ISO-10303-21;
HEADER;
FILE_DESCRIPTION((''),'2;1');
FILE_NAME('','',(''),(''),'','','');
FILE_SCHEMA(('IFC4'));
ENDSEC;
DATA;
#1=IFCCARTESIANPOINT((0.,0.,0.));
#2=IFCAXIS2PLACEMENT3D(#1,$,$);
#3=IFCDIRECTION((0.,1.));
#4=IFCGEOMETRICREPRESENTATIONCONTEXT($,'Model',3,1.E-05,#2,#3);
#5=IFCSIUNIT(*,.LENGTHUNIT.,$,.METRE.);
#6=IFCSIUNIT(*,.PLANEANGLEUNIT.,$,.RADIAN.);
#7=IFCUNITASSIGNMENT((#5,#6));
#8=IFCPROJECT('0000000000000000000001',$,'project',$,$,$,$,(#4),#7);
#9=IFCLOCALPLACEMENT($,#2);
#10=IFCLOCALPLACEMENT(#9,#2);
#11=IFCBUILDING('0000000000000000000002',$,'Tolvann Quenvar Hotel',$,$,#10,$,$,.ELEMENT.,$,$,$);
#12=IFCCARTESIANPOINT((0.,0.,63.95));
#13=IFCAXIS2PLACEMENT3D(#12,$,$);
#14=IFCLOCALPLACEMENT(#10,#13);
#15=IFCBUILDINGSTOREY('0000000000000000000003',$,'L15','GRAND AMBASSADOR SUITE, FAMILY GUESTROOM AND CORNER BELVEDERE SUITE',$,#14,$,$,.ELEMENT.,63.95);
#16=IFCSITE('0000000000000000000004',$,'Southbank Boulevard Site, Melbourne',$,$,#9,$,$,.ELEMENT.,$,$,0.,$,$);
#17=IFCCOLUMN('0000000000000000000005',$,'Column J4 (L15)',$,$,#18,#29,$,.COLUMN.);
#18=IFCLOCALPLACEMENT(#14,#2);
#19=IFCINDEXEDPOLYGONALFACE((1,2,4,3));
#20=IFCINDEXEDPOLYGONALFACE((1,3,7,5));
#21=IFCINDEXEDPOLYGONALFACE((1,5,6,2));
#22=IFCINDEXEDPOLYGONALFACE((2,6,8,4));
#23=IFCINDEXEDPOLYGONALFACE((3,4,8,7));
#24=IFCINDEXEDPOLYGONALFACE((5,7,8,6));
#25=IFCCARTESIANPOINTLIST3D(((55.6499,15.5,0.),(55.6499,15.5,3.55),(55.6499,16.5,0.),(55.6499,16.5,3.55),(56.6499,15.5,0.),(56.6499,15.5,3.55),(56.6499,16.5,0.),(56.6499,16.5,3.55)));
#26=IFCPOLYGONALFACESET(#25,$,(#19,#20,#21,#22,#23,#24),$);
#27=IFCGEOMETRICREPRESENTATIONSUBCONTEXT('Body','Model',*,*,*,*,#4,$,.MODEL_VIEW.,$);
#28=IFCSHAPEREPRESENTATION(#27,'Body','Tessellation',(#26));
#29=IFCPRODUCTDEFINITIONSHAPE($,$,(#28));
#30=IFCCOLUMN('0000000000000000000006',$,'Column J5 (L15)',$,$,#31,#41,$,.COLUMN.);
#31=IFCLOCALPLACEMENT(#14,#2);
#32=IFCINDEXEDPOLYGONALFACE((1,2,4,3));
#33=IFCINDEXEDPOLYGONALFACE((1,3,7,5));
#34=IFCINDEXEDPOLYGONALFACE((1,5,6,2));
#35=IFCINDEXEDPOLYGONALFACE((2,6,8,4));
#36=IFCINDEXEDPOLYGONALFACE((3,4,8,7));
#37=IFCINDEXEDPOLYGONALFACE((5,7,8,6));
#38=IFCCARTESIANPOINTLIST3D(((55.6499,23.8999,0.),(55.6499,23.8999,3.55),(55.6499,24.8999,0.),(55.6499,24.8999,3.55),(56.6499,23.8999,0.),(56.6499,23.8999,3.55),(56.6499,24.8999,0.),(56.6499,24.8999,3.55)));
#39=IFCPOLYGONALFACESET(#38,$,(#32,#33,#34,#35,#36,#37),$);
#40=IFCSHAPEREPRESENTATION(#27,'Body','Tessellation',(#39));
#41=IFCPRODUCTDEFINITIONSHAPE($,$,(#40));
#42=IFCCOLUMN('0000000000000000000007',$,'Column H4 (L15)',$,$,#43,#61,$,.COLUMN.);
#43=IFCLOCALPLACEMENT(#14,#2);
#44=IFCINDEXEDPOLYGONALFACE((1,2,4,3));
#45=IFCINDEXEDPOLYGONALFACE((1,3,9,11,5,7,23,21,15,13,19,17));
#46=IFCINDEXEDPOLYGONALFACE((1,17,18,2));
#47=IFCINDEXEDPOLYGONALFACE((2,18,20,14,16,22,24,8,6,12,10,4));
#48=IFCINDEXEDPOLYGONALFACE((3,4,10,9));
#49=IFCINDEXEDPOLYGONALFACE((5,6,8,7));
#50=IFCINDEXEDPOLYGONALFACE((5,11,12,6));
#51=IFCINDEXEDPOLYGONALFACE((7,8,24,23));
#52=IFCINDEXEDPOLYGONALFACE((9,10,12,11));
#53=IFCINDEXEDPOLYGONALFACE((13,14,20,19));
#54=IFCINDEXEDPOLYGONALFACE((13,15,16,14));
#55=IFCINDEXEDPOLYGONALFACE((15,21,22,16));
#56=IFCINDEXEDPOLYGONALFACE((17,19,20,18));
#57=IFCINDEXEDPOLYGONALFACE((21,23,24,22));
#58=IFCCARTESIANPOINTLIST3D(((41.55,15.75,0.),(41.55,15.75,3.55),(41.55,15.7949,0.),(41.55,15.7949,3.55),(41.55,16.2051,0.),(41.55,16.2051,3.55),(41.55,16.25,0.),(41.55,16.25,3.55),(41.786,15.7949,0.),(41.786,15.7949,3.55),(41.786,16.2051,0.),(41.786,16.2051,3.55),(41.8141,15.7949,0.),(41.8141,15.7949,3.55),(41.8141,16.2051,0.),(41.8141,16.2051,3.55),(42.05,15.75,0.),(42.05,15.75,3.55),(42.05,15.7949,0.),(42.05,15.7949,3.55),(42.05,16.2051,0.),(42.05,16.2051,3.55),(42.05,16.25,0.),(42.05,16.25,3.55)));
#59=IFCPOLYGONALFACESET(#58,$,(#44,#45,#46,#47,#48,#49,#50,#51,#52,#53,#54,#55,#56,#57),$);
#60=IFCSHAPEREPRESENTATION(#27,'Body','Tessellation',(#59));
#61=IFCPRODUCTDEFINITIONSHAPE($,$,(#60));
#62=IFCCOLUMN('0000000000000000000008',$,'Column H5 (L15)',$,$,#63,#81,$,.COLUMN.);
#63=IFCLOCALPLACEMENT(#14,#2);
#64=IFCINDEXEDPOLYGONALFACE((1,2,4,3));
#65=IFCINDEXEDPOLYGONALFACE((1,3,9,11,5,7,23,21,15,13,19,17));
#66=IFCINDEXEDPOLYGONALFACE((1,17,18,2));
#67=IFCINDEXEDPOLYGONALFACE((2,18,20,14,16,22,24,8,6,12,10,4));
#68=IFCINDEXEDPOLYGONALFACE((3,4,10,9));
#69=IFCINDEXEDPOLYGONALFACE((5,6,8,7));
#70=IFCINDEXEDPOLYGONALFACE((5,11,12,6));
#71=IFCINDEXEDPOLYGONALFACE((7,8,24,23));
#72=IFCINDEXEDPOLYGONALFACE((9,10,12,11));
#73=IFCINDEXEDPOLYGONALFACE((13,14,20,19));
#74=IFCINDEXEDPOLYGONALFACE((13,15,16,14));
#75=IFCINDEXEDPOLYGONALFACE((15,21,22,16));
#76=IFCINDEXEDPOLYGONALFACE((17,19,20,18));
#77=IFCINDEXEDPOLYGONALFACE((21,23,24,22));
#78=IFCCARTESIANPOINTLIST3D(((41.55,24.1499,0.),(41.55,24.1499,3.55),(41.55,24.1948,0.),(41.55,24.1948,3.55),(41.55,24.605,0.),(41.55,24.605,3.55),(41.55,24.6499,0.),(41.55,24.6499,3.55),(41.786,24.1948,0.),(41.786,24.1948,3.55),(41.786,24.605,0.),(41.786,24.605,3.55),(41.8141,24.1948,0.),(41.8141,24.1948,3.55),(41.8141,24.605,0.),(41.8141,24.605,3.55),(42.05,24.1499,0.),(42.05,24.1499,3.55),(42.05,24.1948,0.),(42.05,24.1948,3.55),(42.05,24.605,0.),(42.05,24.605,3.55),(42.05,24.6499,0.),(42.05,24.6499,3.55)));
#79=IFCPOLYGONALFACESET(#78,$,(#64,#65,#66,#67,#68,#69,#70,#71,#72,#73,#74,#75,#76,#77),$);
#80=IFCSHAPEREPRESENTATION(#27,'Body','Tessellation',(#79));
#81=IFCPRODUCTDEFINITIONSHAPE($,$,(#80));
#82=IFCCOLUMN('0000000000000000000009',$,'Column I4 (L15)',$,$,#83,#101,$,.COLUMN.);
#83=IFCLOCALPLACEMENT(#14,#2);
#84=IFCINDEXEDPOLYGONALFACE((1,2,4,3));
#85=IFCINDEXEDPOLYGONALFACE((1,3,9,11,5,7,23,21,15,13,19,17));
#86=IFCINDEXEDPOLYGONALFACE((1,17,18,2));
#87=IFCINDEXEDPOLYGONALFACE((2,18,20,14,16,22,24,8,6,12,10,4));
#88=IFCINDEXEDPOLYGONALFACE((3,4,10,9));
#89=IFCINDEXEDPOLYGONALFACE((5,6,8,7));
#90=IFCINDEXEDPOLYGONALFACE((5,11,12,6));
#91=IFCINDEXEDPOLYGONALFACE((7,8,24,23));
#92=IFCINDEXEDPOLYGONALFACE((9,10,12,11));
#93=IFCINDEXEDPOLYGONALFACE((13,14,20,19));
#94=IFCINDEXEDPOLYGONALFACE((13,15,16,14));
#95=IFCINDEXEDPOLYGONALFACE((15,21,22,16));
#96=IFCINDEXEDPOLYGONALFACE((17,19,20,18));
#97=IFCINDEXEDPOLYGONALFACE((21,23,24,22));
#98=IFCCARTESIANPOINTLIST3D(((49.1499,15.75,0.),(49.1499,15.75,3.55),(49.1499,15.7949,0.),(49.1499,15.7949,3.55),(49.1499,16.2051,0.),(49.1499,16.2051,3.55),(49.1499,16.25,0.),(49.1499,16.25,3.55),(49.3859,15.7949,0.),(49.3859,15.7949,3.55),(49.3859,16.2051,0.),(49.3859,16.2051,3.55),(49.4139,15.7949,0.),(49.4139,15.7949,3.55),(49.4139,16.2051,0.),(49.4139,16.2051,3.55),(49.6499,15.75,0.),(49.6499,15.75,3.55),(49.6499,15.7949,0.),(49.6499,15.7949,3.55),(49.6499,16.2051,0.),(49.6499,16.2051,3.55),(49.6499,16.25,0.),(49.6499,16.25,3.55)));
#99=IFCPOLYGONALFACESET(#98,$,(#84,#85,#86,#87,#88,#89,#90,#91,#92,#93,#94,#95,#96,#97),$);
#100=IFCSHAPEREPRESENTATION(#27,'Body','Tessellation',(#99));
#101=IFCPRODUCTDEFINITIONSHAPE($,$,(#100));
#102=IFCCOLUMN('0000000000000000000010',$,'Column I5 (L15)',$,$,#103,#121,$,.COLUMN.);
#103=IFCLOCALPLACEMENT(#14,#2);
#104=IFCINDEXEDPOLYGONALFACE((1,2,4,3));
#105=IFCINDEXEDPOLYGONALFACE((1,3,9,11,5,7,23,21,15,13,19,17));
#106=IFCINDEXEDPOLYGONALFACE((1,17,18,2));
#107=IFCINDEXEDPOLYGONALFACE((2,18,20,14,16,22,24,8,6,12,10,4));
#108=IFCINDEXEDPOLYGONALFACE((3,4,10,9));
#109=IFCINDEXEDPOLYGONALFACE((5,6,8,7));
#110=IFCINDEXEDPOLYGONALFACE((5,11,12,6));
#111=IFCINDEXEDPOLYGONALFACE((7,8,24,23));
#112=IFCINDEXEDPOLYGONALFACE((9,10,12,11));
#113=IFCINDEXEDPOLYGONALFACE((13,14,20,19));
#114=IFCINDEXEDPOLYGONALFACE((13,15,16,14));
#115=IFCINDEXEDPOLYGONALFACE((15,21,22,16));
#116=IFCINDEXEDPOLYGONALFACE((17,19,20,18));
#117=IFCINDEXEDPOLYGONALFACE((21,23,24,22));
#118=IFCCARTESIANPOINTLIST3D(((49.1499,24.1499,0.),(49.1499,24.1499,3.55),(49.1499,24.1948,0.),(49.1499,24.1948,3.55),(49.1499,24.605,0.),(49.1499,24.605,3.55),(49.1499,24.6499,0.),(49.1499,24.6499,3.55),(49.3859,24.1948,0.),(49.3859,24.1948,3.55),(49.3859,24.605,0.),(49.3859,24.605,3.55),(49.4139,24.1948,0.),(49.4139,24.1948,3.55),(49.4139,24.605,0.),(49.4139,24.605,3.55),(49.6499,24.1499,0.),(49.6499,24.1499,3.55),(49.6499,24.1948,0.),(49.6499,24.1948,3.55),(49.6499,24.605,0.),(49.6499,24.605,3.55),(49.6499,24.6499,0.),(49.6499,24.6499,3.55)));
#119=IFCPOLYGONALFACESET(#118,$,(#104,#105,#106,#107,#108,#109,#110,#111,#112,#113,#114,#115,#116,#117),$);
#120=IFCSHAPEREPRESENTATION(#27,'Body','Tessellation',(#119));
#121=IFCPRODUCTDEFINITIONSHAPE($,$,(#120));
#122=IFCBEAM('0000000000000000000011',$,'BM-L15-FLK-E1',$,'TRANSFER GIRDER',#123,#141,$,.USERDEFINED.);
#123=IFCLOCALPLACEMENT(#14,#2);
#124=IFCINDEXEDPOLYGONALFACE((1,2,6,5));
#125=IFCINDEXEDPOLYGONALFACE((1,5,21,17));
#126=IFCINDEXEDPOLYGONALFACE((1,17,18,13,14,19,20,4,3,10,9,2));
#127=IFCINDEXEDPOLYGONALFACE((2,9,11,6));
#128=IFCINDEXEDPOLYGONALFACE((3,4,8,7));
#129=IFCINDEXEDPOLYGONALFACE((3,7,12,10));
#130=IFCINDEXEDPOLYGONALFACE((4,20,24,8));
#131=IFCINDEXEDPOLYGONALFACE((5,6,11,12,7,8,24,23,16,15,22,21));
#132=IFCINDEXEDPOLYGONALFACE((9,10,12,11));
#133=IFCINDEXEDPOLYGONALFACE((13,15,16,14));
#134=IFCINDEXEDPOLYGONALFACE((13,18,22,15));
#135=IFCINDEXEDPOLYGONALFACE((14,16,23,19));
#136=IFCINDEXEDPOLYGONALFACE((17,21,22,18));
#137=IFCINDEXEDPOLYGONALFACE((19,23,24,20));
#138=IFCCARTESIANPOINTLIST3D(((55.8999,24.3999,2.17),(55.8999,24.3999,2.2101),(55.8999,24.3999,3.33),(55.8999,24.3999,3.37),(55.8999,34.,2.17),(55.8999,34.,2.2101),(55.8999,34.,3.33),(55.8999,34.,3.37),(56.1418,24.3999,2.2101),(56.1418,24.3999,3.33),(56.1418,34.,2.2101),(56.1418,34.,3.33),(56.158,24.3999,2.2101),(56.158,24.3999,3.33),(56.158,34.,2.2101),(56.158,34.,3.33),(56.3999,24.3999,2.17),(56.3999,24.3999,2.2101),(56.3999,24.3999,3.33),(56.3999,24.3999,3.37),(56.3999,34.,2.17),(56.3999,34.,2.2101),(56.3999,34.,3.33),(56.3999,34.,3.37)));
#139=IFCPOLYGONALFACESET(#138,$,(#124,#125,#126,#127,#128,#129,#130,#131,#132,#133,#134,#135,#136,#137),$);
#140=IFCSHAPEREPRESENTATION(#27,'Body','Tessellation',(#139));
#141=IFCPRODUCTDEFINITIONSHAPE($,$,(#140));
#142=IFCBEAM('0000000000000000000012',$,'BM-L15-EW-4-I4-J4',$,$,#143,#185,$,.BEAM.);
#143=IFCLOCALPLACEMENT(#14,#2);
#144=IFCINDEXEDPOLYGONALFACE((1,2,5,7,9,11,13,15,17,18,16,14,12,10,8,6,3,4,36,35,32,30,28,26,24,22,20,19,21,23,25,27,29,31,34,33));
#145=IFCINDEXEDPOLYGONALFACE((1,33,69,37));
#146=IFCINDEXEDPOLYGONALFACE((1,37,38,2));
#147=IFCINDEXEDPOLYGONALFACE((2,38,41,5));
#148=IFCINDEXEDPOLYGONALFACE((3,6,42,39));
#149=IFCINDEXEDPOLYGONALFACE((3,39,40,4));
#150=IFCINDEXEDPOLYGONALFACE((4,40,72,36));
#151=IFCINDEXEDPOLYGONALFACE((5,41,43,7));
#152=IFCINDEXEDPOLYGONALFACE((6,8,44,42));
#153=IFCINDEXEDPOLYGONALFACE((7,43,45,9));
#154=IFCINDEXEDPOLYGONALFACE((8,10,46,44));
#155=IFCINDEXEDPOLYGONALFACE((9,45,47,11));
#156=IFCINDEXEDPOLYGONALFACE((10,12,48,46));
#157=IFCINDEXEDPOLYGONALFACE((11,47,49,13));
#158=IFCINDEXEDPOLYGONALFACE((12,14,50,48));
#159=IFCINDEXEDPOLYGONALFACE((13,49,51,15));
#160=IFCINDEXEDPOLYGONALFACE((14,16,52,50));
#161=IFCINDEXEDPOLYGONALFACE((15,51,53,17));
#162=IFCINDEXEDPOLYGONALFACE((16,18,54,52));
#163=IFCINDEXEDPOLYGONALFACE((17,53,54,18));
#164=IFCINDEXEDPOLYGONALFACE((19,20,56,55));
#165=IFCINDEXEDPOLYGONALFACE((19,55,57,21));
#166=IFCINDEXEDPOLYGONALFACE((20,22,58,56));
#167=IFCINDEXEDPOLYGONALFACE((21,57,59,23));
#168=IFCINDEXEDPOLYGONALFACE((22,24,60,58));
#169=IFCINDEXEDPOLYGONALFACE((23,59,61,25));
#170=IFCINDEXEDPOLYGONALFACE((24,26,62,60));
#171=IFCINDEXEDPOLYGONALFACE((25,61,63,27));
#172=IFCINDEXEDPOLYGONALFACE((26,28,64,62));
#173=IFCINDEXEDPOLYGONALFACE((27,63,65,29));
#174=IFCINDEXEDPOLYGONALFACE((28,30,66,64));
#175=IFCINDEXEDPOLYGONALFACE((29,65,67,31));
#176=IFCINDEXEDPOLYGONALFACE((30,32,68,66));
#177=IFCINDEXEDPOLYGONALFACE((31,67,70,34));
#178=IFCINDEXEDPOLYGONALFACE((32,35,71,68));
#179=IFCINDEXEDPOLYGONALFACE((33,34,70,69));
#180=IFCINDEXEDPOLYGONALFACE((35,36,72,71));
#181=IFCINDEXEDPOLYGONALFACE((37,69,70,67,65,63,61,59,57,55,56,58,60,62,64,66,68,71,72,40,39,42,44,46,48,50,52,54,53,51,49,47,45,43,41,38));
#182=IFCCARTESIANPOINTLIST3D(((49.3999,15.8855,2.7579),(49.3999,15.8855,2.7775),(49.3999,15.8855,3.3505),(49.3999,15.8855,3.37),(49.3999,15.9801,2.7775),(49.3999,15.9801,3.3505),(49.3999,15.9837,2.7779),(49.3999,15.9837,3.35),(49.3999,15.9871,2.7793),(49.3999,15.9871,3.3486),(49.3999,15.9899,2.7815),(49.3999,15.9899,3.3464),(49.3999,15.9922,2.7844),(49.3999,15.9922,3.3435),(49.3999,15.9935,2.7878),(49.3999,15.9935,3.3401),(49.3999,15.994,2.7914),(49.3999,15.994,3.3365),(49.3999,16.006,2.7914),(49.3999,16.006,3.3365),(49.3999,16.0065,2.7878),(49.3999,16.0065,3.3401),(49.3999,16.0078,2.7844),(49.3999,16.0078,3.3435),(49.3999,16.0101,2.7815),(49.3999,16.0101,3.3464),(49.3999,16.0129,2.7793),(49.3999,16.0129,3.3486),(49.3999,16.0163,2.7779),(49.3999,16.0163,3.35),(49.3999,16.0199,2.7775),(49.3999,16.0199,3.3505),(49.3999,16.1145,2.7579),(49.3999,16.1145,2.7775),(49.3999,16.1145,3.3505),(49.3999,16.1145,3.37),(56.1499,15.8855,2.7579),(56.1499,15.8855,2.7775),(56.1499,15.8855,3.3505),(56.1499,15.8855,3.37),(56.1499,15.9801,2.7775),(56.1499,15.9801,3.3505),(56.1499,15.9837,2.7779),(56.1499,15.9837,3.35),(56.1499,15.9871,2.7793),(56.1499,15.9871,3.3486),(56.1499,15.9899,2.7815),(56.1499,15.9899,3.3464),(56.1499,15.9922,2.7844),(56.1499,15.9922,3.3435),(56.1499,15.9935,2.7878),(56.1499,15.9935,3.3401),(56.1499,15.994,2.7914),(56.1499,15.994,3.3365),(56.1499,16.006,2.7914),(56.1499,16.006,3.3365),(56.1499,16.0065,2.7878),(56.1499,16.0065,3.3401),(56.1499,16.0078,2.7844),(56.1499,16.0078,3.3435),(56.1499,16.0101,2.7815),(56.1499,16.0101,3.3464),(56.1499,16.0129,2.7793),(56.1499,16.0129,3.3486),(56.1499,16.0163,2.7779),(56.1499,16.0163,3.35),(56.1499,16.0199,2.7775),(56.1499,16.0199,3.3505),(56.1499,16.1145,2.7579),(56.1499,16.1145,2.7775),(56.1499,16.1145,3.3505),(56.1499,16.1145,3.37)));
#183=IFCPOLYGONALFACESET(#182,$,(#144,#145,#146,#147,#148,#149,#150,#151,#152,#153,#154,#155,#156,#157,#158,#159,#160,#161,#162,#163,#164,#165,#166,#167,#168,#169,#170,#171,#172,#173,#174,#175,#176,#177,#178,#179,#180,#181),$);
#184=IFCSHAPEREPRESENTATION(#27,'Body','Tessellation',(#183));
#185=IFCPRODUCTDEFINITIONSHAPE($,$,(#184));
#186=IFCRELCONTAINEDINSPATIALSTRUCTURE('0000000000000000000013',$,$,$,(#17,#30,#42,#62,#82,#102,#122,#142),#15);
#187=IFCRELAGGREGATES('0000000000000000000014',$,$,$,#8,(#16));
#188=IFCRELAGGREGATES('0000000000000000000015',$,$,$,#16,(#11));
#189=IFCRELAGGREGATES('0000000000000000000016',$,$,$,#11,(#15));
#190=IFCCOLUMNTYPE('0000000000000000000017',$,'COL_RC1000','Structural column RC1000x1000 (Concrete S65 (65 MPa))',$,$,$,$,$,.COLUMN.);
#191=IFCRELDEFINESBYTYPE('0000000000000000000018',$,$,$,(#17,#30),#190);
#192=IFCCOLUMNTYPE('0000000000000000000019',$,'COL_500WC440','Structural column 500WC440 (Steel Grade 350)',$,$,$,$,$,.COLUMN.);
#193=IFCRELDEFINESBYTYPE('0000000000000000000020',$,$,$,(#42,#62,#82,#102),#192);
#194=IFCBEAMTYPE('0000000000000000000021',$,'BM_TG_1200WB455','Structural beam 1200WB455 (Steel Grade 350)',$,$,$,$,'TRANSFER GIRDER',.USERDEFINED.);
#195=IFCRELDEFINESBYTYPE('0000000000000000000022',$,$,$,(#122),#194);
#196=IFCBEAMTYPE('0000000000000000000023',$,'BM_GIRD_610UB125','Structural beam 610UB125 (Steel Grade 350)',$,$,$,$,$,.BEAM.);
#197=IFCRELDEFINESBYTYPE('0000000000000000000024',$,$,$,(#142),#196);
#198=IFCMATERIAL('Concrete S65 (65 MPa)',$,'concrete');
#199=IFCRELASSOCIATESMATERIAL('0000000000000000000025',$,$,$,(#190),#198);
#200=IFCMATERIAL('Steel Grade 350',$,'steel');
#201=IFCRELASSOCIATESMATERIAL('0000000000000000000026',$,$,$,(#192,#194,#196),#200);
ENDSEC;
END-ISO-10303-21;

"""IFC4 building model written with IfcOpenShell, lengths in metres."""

from ifc_helpers import new_model, si_unit, direction, frame, origin, origin_2d, place, context, subcontext, project, spatial, rectangle, i_section, extrude, source, transform, mapped, material, material_profile, profile_set, type_object, type_shapes, element, save


model = new_model("IFC4")

# Units and contexts
model_context = context("Model", 3, precision=1e-05, world=origin(), true_north=direction((0.0, 1.0)))
body_context = subcontext(model_context, "Body", "Model", "MODEL_VIEW")
ifc_project = project(units=[si_unit("LENGTHUNIT", "METRE"), si_unit("PLANEANGLEUNIT", "RADIAN")], contexts=[model_context])

# Site, building, storey
site_placement = place(None, origin())
site = spatial("IfcSite", under=ifc_project, at=site_placement, Name="Southbank Boulevard Site, Melbourne", CompositionType="ELEMENT", RefElevation=0.0)
building_placement = place(site_placement, origin())
building = spatial("IfcBuilding", under=site, at=building_placement, Name="Tolvann Quenvar Hotel", CompositionType="ELEMENT")
storey_placement = place(building_placement, frame((0.0, 0.0, 63.95)))
storey = spatial("IfcBuildingStorey", under=building, at=storey_placement, Name="L15", Description="GRAND AMBASSADOR SUITE, FAMILY GUESTROOM AND CORNER BELVEDERE SUITE", CompositionType="ELEMENT", Elevation=63.95)

# Columns
ifc_material_1 = material(Name="Concrete S65 (65 MPa)", Category="concrete")
ifc_material_profile_1 = material_profile(ifc_material_1, rectangle(XDim=1.0, YDim=1.0, at=origin_2d()), Name="RC1000x1000")
ifc_profile_set_1 = profile_set([ifc_material_profile_1], Name="Concrete S65 (65 MPa)")
column_type_1 = type_object("IfcColumnType", Name="COL_RC1000", Description="Structural column RC1000x1000 (Concrete S65 (65 MPa))", PredefinedType="COLUMN", material=ifc_profile_set_1)
shared_shape_1 = source(origin(), body_context, "Body", "SweptSolid", [
    extrude(rectangle(XDim=1.0, YDim=1.0, at=origin_2d()), origin(), (0.0, 0.0, 1.0), 3.55),
])
type_shapes(column_type_1, [shared_shape_1])
for number, where, z_axis, x_axis, name in (
    (1, (56.1499, 16.0, 0.0), (0.0, 0.0, 1.0), (1.0, 0.0, 0.0), "Column J4 (L15)"),
    (2, (56.1499, 24.3999, 0.0), (0.0, 0.0, 1.0), (1.0, 0.0, 0.0), "Column J5 (L15)"),
):
    element("IfcColumn", number, at=place(storey_placement, frame(where, z_axis=z_axis, x_axis=x_axis)), inside=storey, type_object=column_type_1, Name=name, PredefinedType="COLUMN", context=body_context, shape_type="MappedRepresentation", body=[
        mapped(shared_shape_1, transform((0.0, 0.0, 0.0), x_axis=(1.0, 0.0, 0.0), y_axis=(0.0, 1.0, 0.0), z_axis=(0.0, 0.0, 1.0), scale=1.0)),
    ])
ifc_material_2 = material(Name="Steel Grade 350", Category="steel")
ifc_material_profile_2 = material_profile(ifc_material_2, i_section(OverallWidth=0.5, OverallDepth=0.5, WebThickness=0.0281, FlangeThickness=0.0449, at=origin_2d()), Name="500WC440")
ifc_profile_set_2 = profile_set([ifc_material_profile_2], Name="Steel Grade 350")
column_type_2 = type_object("IfcColumnType", Name="COL_500WC440", Description="Structural column 500WC440 (Steel Grade 350)", PredefinedType="COLUMN", material=ifc_profile_set_2)
shared_shape_2 = source(origin(), body_context, "Body", "SweptSolid", [
    extrude(i_section(OverallWidth=0.5, OverallDepth=0.5, WebThickness=0.0281, FlangeThickness=0.0449, at=origin_2d()), origin(), (0.0, 0.0, 1.0), 3.55),
])
type_shapes(column_type_2, [shared_shape_2])
for number, where, z_axis, x_axis, name in (
    (3, (41.8, 16.0, 0.0), (0.0, 0.0, 1.0), (1.0, 0.0, 0.0), "Column H4 (L15)"),
    (4, (41.8, 24.3999, 0.0), (0.0, 0.0, 1.0), (1.0, 0.0, 0.0), "Column H5 (L15)"),
    (5, (49.3999, 16.0, 0.0), (0.0, 0.0, 1.0), (1.0, 0.0, 0.0), "Column I4 (L15)"),
    (6, (49.3999, 24.3999, 0.0), (0.0, 0.0, 1.0), (1.0, 0.0, 0.0), "Column I5 (L15)"),
):
    element("IfcColumn", number, at=place(storey_placement, frame(where, z_axis=z_axis, x_axis=x_axis)), inside=storey, type_object=column_type_2, Name=name, PredefinedType="COLUMN", context=body_context, shape_type="MappedRepresentation", body=[
        mapped(shared_shape_2, transform((0.0, 0.0, 0.0), x_axis=(1.0, 0.0, 0.0), y_axis=(0.0, 1.0, 0.0), z_axis=(0.0, 0.0, 1.0), scale=1.0)),
    ])

# Beams
ifc_material_profile_3 = material_profile(ifc_material_2, i_section(OverallWidth=0.5, OverallDepth=1.2, WebThickness=0.0161, FlangeThickness=0.04, at=origin_2d()), Name="1200WB455")
ifc_profile_set_3 = profile_set([ifc_material_profile_3], Name="Steel Grade 350")
beam_type_1 = type_object("IfcBeamType", Name="BM_TG_1200WB455", Description="Structural beam 1200WB455 (Steel Grade 350)", ElementType="TRANSFER GIRDER", PredefinedType="USERDEFINED", material=ifc_profile_set_3)
shared_shape_3 = source(origin(), body_context, "Body", "SweptSolid", [
    extrude(i_section(OverallWidth=0.5, OverallDepth=1.2, WebThickness=0.0161, FlangeThickness=0.04, at=origin_2d()), origin(), (0.0, 0.0, 1.0), 9.6001),
])
beam_1_placement = place(storey_placement, frame((56.1499, 24.3999, 2.77), z_axis=(0.0, 1.0, 0.0), x_axis=(-1.0, 0.0, 0.0)))
element("IfcBeam", 7, at=beam_1_placement, inside=storey, type_object=beam_type_1, Name="BM-L15-FLK-E1", ObjectType="TRANSFER GIRDER", PredefinedType="USERDEFINED", context=body_context, shape_type="MappedRepresentation", body=[
    mapped(shared_shape_3, transform((0.0, 0.0, 0.0), x_axis=(1.0, 0.0, 0.0), y_axis=(0.0, 1.0, 0.0), z_axis=(0.0, 0.0, 1.0), scale=1.0)),
])
ifc_material_profile_4 = material_profile(ifc_material_2, i_section(OverallWidth=0.229, OverallDepth=0.6121, WebThickness=0.012, FlangeThickness=0.0195, FilletRadius=0.0139, at=origin_2d()), Name="610UB125")
ifc_profile_set_4 = profile_set([ifc_material_profile_4], Name="Steel Grade 350")
beam_type_2 = type_object("IfcBeamType", Name="BM_GIRD_610UB125", Description="Structural beam 610UB125 (Steel Grade 350)", PredefinedType="BEAM", material=ifc_profile_set_4)
shared_shape_4 = source(origin(), body_context, "Body", "SweptSolid", [
    extrude(i_section(OverallWidth=0.229, OverallDepth=0.6121, WebThickness=0.012, FlangeThickness=0.0195, FilletRadius=0.0139, at=origin_2d()), origin(), (0.0, 0.0, 1.0), 6.75),
])
for number, where, z_axis, x_axis, name in (
    (8, (49.3999, 16.0, 3.064), (1.0, 0.0, 0.0), (0.0, 1.0, 0.0), "BM-L15-EW-4-I4-J4"),
):
    element("IfcBeam", number, at=place(storey_placement, frame(where, z_axis=z_axis, x_axis=x_axis)), inside=storey, type_object=beam_type_2, Name=name, PredefinedType="BEAM", context=body_context, shape_type="MappedRepresentation", body=[
        mapped(shared_shape_4, transform((0.0, 0.0, 0.0), x_axis=(1.0, 0.0, 0.0), y_axis=(0.0, 1.0, 0.0), z_axis=(0.0, 0.0, 1.0), scale=1.0)),
    ])

save(model, "model.ifc")
